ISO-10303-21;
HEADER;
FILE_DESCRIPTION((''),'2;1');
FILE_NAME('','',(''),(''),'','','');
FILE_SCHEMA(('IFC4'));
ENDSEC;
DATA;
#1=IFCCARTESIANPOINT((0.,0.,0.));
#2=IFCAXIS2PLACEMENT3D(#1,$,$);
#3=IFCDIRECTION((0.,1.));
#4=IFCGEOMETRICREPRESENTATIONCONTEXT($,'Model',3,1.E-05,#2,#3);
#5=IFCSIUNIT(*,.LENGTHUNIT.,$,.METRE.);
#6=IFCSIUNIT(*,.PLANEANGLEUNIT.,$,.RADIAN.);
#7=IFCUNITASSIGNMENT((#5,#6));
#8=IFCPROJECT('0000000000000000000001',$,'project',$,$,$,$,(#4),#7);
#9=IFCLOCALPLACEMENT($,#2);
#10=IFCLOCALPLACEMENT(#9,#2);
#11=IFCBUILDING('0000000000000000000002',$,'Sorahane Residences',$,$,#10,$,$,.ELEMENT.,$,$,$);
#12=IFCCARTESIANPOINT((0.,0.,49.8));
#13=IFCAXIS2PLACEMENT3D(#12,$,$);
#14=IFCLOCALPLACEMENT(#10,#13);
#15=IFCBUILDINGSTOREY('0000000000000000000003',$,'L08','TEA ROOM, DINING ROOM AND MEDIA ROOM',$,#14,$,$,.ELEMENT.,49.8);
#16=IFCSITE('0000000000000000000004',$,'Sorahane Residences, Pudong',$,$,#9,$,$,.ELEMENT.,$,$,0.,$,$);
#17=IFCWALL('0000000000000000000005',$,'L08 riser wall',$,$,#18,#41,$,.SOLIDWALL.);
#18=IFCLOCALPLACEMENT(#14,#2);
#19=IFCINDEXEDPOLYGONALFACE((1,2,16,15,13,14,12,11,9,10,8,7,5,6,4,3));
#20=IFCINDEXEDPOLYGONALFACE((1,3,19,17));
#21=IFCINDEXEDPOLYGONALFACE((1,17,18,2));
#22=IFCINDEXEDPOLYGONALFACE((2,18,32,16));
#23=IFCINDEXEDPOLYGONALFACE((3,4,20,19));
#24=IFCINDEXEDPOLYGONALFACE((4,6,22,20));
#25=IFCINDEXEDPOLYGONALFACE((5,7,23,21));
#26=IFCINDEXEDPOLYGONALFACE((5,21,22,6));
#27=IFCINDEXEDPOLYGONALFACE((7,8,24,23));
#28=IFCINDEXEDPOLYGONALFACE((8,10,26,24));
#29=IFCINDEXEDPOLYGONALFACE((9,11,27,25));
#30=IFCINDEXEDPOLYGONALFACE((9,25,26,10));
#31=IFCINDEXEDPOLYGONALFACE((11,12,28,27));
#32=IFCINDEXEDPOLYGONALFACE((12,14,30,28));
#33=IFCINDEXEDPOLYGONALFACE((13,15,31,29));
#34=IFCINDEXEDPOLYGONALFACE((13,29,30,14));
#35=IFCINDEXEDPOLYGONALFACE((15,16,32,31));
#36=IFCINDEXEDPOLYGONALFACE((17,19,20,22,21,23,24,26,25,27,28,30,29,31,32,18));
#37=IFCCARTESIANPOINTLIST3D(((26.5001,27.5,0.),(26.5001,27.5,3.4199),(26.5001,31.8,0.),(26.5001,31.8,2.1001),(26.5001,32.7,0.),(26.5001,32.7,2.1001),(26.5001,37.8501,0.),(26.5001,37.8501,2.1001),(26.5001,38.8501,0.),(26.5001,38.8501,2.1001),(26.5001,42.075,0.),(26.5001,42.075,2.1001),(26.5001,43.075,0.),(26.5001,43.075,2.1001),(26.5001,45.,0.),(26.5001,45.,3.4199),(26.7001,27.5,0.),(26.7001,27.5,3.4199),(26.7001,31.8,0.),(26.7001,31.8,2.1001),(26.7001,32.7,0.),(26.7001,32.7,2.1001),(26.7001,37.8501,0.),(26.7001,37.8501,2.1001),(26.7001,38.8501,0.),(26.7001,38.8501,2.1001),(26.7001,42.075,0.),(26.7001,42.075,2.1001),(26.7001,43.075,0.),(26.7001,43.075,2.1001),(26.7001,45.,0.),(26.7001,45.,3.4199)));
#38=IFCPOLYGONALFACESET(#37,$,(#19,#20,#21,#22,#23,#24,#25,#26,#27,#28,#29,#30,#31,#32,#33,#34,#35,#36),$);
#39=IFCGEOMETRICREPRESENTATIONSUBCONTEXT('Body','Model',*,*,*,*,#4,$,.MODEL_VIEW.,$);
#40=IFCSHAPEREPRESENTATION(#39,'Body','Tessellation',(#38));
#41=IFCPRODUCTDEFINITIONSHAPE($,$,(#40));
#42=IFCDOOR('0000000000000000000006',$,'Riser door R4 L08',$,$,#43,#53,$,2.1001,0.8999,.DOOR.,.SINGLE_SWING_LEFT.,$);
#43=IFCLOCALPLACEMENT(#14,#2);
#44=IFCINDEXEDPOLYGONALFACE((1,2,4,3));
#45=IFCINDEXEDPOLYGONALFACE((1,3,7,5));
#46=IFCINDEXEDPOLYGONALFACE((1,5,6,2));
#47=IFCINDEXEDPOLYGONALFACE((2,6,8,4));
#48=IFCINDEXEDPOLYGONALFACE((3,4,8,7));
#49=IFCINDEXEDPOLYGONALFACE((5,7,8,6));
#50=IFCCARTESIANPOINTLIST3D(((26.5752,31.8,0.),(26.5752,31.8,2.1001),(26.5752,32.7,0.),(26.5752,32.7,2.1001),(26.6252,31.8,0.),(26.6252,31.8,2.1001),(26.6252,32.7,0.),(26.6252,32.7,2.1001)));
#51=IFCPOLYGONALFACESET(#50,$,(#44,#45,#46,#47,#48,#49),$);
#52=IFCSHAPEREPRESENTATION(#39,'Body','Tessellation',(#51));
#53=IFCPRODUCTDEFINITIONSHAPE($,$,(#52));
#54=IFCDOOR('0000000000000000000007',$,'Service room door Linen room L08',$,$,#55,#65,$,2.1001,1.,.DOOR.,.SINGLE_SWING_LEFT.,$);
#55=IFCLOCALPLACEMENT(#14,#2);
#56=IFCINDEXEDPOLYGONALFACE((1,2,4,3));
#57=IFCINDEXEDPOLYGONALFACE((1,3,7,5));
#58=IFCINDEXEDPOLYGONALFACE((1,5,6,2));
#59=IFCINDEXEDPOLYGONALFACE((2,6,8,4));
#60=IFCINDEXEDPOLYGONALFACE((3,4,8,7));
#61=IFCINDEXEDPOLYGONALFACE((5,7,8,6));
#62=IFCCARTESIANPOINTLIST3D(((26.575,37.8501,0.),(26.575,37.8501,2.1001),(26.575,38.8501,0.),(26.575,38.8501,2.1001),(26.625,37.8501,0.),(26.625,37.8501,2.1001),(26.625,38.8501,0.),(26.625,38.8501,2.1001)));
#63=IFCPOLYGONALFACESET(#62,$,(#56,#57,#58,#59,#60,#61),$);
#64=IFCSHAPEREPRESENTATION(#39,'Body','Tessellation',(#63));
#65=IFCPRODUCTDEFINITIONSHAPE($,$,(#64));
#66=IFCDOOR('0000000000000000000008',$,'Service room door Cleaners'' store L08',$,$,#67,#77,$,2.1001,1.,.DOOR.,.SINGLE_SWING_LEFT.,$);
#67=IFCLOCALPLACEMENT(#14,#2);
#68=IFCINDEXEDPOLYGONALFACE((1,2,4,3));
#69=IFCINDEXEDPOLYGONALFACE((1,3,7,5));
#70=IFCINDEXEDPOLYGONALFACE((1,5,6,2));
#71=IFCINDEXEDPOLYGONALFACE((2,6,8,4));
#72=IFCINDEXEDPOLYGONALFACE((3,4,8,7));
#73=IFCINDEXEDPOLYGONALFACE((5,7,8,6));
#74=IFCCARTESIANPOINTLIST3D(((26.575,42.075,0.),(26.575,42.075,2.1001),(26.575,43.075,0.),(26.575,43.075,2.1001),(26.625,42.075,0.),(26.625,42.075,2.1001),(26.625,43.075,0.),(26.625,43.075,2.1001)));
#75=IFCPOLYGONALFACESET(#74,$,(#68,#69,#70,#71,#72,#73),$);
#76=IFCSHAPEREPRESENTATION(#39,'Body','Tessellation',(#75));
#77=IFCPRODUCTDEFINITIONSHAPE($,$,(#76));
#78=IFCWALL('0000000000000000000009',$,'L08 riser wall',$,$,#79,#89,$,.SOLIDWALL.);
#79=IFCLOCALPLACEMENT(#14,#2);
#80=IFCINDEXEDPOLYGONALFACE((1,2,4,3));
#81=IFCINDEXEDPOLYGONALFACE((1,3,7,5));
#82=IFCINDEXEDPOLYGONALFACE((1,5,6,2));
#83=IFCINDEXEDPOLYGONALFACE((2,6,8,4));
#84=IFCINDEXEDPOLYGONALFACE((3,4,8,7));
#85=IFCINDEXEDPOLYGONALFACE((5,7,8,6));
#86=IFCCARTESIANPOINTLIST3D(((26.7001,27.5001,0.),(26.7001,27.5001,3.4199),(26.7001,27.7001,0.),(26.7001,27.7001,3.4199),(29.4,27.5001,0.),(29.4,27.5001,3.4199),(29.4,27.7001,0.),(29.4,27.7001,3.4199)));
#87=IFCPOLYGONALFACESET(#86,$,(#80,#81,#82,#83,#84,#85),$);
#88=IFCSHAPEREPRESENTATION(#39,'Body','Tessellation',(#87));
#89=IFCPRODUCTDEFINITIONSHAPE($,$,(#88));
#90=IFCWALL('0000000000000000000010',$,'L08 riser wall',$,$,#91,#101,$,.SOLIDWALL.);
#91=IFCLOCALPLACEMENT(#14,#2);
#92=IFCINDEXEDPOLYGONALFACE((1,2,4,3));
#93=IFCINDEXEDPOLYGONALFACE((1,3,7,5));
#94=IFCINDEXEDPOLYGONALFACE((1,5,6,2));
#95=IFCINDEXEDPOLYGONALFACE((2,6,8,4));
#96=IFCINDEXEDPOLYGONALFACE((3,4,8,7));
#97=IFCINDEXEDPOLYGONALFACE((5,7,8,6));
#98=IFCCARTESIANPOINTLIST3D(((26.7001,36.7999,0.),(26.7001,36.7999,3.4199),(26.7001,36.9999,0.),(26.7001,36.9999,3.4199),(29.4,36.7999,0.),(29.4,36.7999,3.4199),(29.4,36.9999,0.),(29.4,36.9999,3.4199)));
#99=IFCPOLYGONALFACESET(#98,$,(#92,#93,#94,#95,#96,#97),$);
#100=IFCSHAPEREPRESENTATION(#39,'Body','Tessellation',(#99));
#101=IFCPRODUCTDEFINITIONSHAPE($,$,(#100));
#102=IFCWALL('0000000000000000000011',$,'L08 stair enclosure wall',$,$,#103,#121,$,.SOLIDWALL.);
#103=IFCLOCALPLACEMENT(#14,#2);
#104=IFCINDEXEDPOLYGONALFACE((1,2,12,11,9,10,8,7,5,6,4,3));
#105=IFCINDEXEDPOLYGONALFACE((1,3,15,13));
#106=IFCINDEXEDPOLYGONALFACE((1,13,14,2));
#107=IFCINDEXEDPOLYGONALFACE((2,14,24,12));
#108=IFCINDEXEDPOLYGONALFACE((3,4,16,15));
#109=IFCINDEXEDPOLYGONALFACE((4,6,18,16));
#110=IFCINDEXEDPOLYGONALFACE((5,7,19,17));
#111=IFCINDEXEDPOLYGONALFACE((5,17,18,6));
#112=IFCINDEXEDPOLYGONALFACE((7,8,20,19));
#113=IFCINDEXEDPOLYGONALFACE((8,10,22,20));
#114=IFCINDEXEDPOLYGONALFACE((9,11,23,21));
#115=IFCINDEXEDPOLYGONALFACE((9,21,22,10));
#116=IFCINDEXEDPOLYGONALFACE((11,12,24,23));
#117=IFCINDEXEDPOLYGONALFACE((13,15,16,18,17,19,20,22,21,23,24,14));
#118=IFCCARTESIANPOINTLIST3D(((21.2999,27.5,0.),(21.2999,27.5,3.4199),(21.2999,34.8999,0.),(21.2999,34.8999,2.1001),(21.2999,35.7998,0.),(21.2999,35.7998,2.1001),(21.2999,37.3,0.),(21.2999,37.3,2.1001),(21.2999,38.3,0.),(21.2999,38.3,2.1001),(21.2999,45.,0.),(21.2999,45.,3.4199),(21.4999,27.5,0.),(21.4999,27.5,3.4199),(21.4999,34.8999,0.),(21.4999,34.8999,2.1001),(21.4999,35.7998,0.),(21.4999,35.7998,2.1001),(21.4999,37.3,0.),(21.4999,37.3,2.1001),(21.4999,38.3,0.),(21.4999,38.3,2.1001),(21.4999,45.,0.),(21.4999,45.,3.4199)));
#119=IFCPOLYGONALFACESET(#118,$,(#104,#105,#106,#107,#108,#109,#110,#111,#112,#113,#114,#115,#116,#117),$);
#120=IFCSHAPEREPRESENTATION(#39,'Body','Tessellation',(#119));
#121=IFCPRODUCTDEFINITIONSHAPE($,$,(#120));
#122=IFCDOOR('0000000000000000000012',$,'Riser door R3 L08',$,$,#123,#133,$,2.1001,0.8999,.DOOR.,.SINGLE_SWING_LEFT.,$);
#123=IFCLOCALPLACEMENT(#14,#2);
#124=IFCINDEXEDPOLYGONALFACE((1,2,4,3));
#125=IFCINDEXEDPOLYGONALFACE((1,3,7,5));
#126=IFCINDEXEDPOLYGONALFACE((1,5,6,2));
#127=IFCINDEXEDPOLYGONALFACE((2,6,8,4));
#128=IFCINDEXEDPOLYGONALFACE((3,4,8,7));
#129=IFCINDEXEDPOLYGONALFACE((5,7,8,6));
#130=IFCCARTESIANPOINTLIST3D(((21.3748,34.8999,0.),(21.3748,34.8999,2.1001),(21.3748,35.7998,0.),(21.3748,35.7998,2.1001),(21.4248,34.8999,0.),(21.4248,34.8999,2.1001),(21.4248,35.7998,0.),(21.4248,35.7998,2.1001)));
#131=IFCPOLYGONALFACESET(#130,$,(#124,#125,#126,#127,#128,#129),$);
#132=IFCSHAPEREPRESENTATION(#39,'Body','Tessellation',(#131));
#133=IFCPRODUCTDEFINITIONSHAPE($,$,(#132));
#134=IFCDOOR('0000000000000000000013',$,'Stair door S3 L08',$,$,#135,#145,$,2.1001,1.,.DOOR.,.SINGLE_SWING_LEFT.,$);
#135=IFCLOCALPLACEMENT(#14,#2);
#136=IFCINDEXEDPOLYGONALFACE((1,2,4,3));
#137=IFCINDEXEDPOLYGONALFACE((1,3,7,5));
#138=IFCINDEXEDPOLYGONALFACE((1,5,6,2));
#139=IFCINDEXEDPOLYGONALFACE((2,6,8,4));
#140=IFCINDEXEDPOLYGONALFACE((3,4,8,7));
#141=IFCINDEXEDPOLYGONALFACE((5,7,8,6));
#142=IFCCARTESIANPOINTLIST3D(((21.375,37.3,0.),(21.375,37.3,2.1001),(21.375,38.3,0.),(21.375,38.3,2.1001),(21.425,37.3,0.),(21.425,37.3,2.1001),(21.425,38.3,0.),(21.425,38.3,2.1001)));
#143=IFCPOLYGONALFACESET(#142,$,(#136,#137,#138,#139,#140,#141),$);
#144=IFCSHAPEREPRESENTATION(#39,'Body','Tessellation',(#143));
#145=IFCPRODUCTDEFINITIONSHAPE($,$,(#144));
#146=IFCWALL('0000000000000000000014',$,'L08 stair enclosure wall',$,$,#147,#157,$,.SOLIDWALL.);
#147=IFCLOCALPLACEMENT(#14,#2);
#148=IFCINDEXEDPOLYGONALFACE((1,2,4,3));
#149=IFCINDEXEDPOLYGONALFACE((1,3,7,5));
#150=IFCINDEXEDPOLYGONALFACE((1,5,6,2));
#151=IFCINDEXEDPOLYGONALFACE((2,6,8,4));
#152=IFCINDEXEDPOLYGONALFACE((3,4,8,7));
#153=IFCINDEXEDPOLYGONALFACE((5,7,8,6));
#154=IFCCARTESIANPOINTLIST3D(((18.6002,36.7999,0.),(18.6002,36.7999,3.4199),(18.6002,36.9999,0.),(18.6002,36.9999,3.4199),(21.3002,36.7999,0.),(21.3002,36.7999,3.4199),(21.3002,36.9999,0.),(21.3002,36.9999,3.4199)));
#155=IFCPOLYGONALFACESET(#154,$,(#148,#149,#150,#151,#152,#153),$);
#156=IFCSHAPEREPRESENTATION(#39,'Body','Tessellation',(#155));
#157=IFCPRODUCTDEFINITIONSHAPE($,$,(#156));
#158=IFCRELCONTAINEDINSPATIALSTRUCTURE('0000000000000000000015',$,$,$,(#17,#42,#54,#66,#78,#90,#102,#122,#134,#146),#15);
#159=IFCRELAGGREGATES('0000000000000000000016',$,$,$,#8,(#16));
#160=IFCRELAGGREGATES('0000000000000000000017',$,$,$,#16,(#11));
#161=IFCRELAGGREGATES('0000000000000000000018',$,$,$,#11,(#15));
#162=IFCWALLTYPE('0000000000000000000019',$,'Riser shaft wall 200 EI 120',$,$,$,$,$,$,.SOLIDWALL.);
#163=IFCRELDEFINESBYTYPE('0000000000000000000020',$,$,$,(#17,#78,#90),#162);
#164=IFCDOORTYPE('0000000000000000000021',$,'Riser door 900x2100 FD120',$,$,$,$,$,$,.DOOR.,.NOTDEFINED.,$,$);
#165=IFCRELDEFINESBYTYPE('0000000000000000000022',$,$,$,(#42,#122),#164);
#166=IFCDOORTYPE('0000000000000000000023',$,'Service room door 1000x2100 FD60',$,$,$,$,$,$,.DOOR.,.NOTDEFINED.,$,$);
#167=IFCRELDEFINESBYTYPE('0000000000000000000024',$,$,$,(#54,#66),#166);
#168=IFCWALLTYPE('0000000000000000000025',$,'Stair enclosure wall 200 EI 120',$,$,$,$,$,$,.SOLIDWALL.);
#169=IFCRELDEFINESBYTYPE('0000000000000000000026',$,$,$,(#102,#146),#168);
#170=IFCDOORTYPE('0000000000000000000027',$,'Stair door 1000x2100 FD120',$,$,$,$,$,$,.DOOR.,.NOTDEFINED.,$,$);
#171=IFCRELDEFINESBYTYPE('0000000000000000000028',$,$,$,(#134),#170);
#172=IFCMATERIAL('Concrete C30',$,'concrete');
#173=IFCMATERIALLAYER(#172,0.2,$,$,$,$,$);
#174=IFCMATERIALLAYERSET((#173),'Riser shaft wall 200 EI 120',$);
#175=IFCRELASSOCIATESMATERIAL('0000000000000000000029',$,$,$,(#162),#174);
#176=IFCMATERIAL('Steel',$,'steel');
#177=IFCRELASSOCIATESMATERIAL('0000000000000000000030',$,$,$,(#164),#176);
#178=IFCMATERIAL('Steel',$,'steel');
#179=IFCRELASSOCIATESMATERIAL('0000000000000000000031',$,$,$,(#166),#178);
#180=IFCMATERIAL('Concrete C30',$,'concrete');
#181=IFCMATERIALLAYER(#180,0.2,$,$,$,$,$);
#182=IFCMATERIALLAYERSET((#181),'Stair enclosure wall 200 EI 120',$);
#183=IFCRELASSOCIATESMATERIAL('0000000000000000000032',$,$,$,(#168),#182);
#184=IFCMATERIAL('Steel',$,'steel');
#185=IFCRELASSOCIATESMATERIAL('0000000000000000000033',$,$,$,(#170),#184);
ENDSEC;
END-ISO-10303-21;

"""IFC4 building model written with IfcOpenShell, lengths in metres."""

from ifc_helpers import new_model, si_unit, direction, frame, frame_2d, origin, place, context, subcontext, project, spatial, rectangle, extrude, material, layer, layer_set, type_object, element, fill, save


model = new_model("IFC4")

# Units and contexts
model_context = context("Model", 3, precision=1e-05, world=origin(), true_north=direction((0.0, 1.0)))
body_context = subcontext(model_context, "Body", "Model", "MODEL_VIEW")
ifc_project = project(units=[si_unit("LENGTHUNIT", "METRE"), si_unit("PLANEANGLEUNIT", "RADIAN")], contexts=[model_context])

# Site, building, storey
site_placement = place(None, origin())
site = spatial("IfcSite", under=ifc_project, at=site_placement, Name="Sorahane Residences, Pudong", CompositionType="ELEMENT", RefElevation=0.0)
building_placement = place(site_placement, origin())
building = spatial("IfcBuilding", under=site, at=building_placement, Name="Sorahane Residences", CompositionType="ELEMENT")
storey_placement = place(building_placement, frame((0.0, 0.0, 49.8)))
storey = spatial("IfcBuildingStorey", under=building, at=storey_placement, Name="L08", Description="TEA ROOM, DINING ROOM AND MEDIA ROOM", CompositionType="ELEMENT", Elevation=49.8)

# Wall, openings, doors
ifc_material_1 = material(Name="Concrete C30", Category="concrete")
ifc_layer_1 = layer(ifc_material_1, 0.2)
ifc_layer_set_1 = layer_set([ifc_layer_1], Name="Riser shaft wall 200 EI 120")
wall_type_1 = type_object("IfcWallType", Name="Riser shaft wall 200 EI 120", PredefinedType="SOLIDWALL", material=ifc_layer_set_1)
wall_1_placement = place(storey_placement, frame((26.6001, 27.5, 0.0), z_axis=(0.0, 0.0, 1.0), x_axis=(0.0, 1.0, 0.0)))
wall_1 = element("IfcWall", 1, at=wall_1_placement, inside=storey, type_object=wall_type_1, Name="L08 riser wall", PredefinedType="SOLIDWALL", context=body_context, shape_type="SweptSolid", body=[
    extrude(rectangle(XDim=17.5, YDim=0.2, at=frame_2d((8.75, 0.0))), origin(), (0.0, 0.0, 1.0), 3.4199),
])
opening_1_placement = place(wall_1_placement, frame((4.3, 0.0, 0.0)))
opening_1 = element("IfcOpeningElement", 2, at=opening_1_placement, cuts=wall_1, PredefinedType="OPENING", context=body_context, shape_type="SweptSolid", body=[
    extrude(rectangle(XDim=0.8999, YDim=2.1001, at=frame_2d((0.45, 1.05))), frame((0.0, 0.1099, 0.0), z_axis=(0.0, -1.0, 0.0), x_axis=(1.0, 0.0, 0.0)), (0.0, 0.0, 1.0), 0.22),
])
opening_2_placement = place(wall_1_placement, frame((10.3501, 0.0, 0.0)))
opening_2 = element("IfcOpeningElement", 3, at=opening_2_placement, cuts=wall_1, PredefinedType="OPENING", context=body_context, shape_type="SweptSolid", body=[
    extrude(rectangle(XDim=1.0, YDim=2.1001, at=frame_2d((0.5, 1.05))), frame((0.0, 0.1099, 0.0), z_axis=(0.0, -1.0, 0.0), x_axis=(1.0, 0.0, 0.0)), (0.0, 0.0, 1.0), 0.22),
])
opening_3_placement = place(wall_1_placement, frame((14.575, 0.0, 0.0)))
opening_3 = element("IfcOpeningElement", 4, at=opening_3_placement, cuts=wall_1, PredefinedType="OPENING", context=body_context, shape_type="SweptSolid", body=[
    extrude(rectangle(XDim=1.0, YDim=2.1001, at=frame_2d((0.5, 1.05))), frame((0.0, 0.1099, 0.0), z_axis=(0.0, -1.0, 0.0), x_axis=(1.0, 0.0, 0.0)), (0.0, 0.0, 1.0), 0.22),
])
ifc_material_2 = material(Name="Steel", Category="steel")
door_type_1 = type_object("IfcDoorType", Name="Riser door 900x2100 FD120", OperationType="NOTDEFINED", PredefinedType="DOOR", material=ifc_material_2)
door_1_placement = place(opening_1_placement, origin())
door_1 = element("IfcDoor", 5, at=door_1_placement, inside=storey, type_object=door_type_1, Name="Riser door R4 L08", OperationType="SINGLE_SWING_LEFT", OverallHeight=2.1001, OverallWidth=0.8999, PredefinedType="DOOR", context=body_context, shape_type="SweptSolid", body=[
    extrude(rectangle(XDim=0.8999, YDim=2.1001, at=frame_2d((0.45, 1.05))), frame((0.0, 0.0249, 0.0), z_axis=(0.0, -1.0, 0.0), x_axis=(1.0, 0.0, 0.0)), (0.0, 0.0, 1.0), 0.05),
])
fill(opening_1, door_1)
ifc_material_3 = material(Name="Steel", Category="steel")
door_type_2 = type_object("IfcDoorType", Name="Service room door 1000x2100 FD60", OperationType="NOTDEFINED", PredefinedType="DOOR", material=ifc_material_3)
door_2_placement = place(opening_2_placement, frame((1.0, 0.0, 0.0), z_axis=(0.0, 0.0, 1.0), x_axis=(-1.0, 0.0, 0.0)))
door_2 = element("IfcDoor", 6, at=door_2_placement, inside=storey, type_object=door_type_2, Name="Service room door Linen room L08", OperationType="SINGLE_SWING_LEFT", OverallHeight=2.1001, OverallWidth=1.0, PredefinedType="DOOR", context=body_context, shape_type="SweptSolid", body=[
    extrude(rectangle(XDim=1.0, YDim=2.1001, at=frame_2d((0.5, 1.05))), frame((0.0, 0.0249, 0.0), z_axis=(0.0, -1.0, 0.0), x_axis=(1.0, 0.0, 0.0)), (0.0, 0.0, 1.0), 0.05),
])
fill(opening_2, door_2)
door_3_placement = place(opening_3_placement, frame((1.0, 0.0, 0.0), z_axis=(0.0, 0.0, 1.0), x_axis=(-1.0, 0.0, 0.0)))
door_3 = element("IfcDoor", 7, at=door_3_placement, inside=storey, type_object=door_type_2, Name="Service room door Cleaners' store L08", OperationType="SINGLE_SWING_LEFT", OverallHeight=2.1001, OverallWidth=1.0, PredefinedType="DOOR", context=body_context, shape_type="SweptSolid", body=[
    extrude(rectangle(XDim=1.0, YDim=2.1001, at=frame_2d((0.5, 1.05))), frame((0.0, 0.0249, 0.0), z_axis=(0.0, -1.0, 0.0), x_axis=(1.0, 0.0, 0.0)), (0.0, 0.0, 1.0), 0.05),
])
fill(opening_3, door_3)

# Walls
for number, where, z_axis, x_axis, name in (
    (8, (26.7, 27.6001, 0.0), (0.0, 0.0, 1.0), (1.0, 0.0, 0.0), "L08 riser wall"),
    (9, (26.7, 36.8999, 0.0), (0.0, 0.0, 1.0), (1.0, 0.0, 0.0), "L08 riser wall"),
):
    element("IfcWall", number, at=place(storey_placement, frame(where, z_axis=z_axis, x_axis=x_axis)), inside=storey, type_object=wall_type_1, Name=name, PredefinedType="SOLIDWALL", context=body_context, shape_type="SweptSolid", body=[
        extrude(rectangle(XDim=2.7, YDim=0.2, at=frame_2d((1.3501, 0.0))), origin(), (0.0, 0.0, 1.0), 3.4199),
    ])

# Wall, openings, doors
ifc_material_4 = material(Name="Concrete C30", Category="concrete")
ifc_layer_2 = layer(ifc_material_4, 0.2)
ifc_layer_set_2 = layer_set([ifc_layer_2], Name="Stair enclosure wall 200 EI 120")
wall_type_2 = type_object("IfcWallType", Name="Stair enclosure wall 200 EI 120", PredefinedType="SOLIDWALL", material=ifc_layer_set_2)
wall_2_placement = place(storey_placement, frame((21.3999, 27.5, 0.0), z_axis=(0.0, 0.0, 1.0), x_axis=(0.0, 1.0, 0.0)))
wall_2 = element("IfcWall", 10, at=wall_2_placement, inside=storey, type_object=wall_type_2, Name="L08 stair enclosure wall", PredefinedType="SOLIDWALL", context=body_context, shape_type="SweptSolid", body=[
    extrude(rectangle(XDim=17.5, YDim=0.2, at=frame_2d((8.75, 0.0))), origin(), (0.0, 0.0, 1.0), 3.4199),
])
opening_4_placement = place(wall_2_placement, frame((9.8, 0.0, 0.0)))
opening_4 = element("IfcOpeningElement", 11, at=opening_4_placement, cuts=wall_2, PredefinedType="OPENING", context=body_context, shape_type="SweptSolid", body=[
    extrude(rectangle(XDim=1.0, YDim=2.1001, at=frame_2d((0.5, 1.05))), frame((0.0, 0.1099, 0.0), z_axis=(0.0, -1.0, 0.0), x_axis=(1.0, 0.0, 0.0)), (0.0, 0.0, 1.0), 0.22),
])
opening_5_placement = place(wall_2_placement, frame((7.3999, 0.0, 0.0)))
opening_5 = element("IfcOpeningElement", 12, at=opening_5_placement, cuts=wall_2, PredefinedType="OPENING", context=body_context, shape_type="SweptSolid", body=[
    extrude(rectangle(XDim=0.8999, YDim=2.1001, at=frame_2d((0.45, 1.05))), frame((0.0, 0.1099, 0.0), z_axis=(0.0, -1.0, 0.0), x_axis=(1.0, 0.0, 0.0)), (0.0, 0.0, 1.0), 0.22),
])
door_4_placement = place(opening_5_placement, frame((0.8999, 0.0, 0.0), z_axis=(0.0, 0.0, 1.0), x_axis=(-1.0, 0.0, 0.0)))
door_4 = element("IfcDoor", 13, at=door_4_placement, inside=storey, type_object=door_type_1, Name="Riser door R3 L08", OperationType="SINGLE_SWING_LEFT", OverallHeight=2.1001, OverallWidth=0.8999, PredefinedType="DOOR", context=body_context, shape_type="SweptSolid", body=[
    extrude(rectangle(XDim=0.8999, YDim=2.1001, at=frame_2d((0.45, 1.05))), frame((0.0, 0.0249, 0.0), z_axis=(0.0, -1.0, 0.0), x_axis=(1.0, 0.0, 0.0)), (0.0, 0.0, 1.0), 0.05),
])
fill(opening_5, door_4)
ifc_material_5 = material(Name="Steel", Category="steel")
door_type_3 = type_object("IfcDoorType", Name="Stair door 1000x2100 FD120", OperationType="NOTDEFINED", PredefinedType="DOOR", material=ifc_material_5)
door_5_placement = place(opening_4_placement, origin())
door_5 = element("IfcDoor", 14, at=door_5_placement, inside=storey, type_object=door_type_3, Name="Stair door S3 L08", OperationType="SINGLE_SWING_LEFT", OverallHeight=2.1001, OverallWidth=1.0, PredefinedType="DOOR", context=body_context, shape_type="SweptSolid", body=[
    extrude(rectangle(XDim=1.0, YDim=2.1001, at=frame_2d((0.5, 1.05))), frame((0.0, 0.0249, 0.0), z_axis=(0.0, -1.0, 0.0), x_axis=(1.0, 0.0, 0.0)), (0.0, 0.0, 1.0), 0.05),
])
fill(opening_4, door_5)

# Wall
wall_3_placement = place(storey_placement, frame((18.6001, 36.8999, 0.0), z_axis=(0.0, 0.0, 1.0), x_axis=(1.0, 0.0, 0.0)))
element("IfcWall", 15, at=wall_3_placement, inside=storey, type_object=wall_type_2, Name="L08 stair enclosure wall", PredefinedType="SOLIDWALL", context=body_context, shape_type="SweptSolid", body=[
    extrude(rectangle(XDim=2.7, YDim=0.2, at=frame_2d((1.3501, 0.0))), origin(), (0.0, 0.0, 1.0), 3.4199),
])

save(model, "model.ifc")
